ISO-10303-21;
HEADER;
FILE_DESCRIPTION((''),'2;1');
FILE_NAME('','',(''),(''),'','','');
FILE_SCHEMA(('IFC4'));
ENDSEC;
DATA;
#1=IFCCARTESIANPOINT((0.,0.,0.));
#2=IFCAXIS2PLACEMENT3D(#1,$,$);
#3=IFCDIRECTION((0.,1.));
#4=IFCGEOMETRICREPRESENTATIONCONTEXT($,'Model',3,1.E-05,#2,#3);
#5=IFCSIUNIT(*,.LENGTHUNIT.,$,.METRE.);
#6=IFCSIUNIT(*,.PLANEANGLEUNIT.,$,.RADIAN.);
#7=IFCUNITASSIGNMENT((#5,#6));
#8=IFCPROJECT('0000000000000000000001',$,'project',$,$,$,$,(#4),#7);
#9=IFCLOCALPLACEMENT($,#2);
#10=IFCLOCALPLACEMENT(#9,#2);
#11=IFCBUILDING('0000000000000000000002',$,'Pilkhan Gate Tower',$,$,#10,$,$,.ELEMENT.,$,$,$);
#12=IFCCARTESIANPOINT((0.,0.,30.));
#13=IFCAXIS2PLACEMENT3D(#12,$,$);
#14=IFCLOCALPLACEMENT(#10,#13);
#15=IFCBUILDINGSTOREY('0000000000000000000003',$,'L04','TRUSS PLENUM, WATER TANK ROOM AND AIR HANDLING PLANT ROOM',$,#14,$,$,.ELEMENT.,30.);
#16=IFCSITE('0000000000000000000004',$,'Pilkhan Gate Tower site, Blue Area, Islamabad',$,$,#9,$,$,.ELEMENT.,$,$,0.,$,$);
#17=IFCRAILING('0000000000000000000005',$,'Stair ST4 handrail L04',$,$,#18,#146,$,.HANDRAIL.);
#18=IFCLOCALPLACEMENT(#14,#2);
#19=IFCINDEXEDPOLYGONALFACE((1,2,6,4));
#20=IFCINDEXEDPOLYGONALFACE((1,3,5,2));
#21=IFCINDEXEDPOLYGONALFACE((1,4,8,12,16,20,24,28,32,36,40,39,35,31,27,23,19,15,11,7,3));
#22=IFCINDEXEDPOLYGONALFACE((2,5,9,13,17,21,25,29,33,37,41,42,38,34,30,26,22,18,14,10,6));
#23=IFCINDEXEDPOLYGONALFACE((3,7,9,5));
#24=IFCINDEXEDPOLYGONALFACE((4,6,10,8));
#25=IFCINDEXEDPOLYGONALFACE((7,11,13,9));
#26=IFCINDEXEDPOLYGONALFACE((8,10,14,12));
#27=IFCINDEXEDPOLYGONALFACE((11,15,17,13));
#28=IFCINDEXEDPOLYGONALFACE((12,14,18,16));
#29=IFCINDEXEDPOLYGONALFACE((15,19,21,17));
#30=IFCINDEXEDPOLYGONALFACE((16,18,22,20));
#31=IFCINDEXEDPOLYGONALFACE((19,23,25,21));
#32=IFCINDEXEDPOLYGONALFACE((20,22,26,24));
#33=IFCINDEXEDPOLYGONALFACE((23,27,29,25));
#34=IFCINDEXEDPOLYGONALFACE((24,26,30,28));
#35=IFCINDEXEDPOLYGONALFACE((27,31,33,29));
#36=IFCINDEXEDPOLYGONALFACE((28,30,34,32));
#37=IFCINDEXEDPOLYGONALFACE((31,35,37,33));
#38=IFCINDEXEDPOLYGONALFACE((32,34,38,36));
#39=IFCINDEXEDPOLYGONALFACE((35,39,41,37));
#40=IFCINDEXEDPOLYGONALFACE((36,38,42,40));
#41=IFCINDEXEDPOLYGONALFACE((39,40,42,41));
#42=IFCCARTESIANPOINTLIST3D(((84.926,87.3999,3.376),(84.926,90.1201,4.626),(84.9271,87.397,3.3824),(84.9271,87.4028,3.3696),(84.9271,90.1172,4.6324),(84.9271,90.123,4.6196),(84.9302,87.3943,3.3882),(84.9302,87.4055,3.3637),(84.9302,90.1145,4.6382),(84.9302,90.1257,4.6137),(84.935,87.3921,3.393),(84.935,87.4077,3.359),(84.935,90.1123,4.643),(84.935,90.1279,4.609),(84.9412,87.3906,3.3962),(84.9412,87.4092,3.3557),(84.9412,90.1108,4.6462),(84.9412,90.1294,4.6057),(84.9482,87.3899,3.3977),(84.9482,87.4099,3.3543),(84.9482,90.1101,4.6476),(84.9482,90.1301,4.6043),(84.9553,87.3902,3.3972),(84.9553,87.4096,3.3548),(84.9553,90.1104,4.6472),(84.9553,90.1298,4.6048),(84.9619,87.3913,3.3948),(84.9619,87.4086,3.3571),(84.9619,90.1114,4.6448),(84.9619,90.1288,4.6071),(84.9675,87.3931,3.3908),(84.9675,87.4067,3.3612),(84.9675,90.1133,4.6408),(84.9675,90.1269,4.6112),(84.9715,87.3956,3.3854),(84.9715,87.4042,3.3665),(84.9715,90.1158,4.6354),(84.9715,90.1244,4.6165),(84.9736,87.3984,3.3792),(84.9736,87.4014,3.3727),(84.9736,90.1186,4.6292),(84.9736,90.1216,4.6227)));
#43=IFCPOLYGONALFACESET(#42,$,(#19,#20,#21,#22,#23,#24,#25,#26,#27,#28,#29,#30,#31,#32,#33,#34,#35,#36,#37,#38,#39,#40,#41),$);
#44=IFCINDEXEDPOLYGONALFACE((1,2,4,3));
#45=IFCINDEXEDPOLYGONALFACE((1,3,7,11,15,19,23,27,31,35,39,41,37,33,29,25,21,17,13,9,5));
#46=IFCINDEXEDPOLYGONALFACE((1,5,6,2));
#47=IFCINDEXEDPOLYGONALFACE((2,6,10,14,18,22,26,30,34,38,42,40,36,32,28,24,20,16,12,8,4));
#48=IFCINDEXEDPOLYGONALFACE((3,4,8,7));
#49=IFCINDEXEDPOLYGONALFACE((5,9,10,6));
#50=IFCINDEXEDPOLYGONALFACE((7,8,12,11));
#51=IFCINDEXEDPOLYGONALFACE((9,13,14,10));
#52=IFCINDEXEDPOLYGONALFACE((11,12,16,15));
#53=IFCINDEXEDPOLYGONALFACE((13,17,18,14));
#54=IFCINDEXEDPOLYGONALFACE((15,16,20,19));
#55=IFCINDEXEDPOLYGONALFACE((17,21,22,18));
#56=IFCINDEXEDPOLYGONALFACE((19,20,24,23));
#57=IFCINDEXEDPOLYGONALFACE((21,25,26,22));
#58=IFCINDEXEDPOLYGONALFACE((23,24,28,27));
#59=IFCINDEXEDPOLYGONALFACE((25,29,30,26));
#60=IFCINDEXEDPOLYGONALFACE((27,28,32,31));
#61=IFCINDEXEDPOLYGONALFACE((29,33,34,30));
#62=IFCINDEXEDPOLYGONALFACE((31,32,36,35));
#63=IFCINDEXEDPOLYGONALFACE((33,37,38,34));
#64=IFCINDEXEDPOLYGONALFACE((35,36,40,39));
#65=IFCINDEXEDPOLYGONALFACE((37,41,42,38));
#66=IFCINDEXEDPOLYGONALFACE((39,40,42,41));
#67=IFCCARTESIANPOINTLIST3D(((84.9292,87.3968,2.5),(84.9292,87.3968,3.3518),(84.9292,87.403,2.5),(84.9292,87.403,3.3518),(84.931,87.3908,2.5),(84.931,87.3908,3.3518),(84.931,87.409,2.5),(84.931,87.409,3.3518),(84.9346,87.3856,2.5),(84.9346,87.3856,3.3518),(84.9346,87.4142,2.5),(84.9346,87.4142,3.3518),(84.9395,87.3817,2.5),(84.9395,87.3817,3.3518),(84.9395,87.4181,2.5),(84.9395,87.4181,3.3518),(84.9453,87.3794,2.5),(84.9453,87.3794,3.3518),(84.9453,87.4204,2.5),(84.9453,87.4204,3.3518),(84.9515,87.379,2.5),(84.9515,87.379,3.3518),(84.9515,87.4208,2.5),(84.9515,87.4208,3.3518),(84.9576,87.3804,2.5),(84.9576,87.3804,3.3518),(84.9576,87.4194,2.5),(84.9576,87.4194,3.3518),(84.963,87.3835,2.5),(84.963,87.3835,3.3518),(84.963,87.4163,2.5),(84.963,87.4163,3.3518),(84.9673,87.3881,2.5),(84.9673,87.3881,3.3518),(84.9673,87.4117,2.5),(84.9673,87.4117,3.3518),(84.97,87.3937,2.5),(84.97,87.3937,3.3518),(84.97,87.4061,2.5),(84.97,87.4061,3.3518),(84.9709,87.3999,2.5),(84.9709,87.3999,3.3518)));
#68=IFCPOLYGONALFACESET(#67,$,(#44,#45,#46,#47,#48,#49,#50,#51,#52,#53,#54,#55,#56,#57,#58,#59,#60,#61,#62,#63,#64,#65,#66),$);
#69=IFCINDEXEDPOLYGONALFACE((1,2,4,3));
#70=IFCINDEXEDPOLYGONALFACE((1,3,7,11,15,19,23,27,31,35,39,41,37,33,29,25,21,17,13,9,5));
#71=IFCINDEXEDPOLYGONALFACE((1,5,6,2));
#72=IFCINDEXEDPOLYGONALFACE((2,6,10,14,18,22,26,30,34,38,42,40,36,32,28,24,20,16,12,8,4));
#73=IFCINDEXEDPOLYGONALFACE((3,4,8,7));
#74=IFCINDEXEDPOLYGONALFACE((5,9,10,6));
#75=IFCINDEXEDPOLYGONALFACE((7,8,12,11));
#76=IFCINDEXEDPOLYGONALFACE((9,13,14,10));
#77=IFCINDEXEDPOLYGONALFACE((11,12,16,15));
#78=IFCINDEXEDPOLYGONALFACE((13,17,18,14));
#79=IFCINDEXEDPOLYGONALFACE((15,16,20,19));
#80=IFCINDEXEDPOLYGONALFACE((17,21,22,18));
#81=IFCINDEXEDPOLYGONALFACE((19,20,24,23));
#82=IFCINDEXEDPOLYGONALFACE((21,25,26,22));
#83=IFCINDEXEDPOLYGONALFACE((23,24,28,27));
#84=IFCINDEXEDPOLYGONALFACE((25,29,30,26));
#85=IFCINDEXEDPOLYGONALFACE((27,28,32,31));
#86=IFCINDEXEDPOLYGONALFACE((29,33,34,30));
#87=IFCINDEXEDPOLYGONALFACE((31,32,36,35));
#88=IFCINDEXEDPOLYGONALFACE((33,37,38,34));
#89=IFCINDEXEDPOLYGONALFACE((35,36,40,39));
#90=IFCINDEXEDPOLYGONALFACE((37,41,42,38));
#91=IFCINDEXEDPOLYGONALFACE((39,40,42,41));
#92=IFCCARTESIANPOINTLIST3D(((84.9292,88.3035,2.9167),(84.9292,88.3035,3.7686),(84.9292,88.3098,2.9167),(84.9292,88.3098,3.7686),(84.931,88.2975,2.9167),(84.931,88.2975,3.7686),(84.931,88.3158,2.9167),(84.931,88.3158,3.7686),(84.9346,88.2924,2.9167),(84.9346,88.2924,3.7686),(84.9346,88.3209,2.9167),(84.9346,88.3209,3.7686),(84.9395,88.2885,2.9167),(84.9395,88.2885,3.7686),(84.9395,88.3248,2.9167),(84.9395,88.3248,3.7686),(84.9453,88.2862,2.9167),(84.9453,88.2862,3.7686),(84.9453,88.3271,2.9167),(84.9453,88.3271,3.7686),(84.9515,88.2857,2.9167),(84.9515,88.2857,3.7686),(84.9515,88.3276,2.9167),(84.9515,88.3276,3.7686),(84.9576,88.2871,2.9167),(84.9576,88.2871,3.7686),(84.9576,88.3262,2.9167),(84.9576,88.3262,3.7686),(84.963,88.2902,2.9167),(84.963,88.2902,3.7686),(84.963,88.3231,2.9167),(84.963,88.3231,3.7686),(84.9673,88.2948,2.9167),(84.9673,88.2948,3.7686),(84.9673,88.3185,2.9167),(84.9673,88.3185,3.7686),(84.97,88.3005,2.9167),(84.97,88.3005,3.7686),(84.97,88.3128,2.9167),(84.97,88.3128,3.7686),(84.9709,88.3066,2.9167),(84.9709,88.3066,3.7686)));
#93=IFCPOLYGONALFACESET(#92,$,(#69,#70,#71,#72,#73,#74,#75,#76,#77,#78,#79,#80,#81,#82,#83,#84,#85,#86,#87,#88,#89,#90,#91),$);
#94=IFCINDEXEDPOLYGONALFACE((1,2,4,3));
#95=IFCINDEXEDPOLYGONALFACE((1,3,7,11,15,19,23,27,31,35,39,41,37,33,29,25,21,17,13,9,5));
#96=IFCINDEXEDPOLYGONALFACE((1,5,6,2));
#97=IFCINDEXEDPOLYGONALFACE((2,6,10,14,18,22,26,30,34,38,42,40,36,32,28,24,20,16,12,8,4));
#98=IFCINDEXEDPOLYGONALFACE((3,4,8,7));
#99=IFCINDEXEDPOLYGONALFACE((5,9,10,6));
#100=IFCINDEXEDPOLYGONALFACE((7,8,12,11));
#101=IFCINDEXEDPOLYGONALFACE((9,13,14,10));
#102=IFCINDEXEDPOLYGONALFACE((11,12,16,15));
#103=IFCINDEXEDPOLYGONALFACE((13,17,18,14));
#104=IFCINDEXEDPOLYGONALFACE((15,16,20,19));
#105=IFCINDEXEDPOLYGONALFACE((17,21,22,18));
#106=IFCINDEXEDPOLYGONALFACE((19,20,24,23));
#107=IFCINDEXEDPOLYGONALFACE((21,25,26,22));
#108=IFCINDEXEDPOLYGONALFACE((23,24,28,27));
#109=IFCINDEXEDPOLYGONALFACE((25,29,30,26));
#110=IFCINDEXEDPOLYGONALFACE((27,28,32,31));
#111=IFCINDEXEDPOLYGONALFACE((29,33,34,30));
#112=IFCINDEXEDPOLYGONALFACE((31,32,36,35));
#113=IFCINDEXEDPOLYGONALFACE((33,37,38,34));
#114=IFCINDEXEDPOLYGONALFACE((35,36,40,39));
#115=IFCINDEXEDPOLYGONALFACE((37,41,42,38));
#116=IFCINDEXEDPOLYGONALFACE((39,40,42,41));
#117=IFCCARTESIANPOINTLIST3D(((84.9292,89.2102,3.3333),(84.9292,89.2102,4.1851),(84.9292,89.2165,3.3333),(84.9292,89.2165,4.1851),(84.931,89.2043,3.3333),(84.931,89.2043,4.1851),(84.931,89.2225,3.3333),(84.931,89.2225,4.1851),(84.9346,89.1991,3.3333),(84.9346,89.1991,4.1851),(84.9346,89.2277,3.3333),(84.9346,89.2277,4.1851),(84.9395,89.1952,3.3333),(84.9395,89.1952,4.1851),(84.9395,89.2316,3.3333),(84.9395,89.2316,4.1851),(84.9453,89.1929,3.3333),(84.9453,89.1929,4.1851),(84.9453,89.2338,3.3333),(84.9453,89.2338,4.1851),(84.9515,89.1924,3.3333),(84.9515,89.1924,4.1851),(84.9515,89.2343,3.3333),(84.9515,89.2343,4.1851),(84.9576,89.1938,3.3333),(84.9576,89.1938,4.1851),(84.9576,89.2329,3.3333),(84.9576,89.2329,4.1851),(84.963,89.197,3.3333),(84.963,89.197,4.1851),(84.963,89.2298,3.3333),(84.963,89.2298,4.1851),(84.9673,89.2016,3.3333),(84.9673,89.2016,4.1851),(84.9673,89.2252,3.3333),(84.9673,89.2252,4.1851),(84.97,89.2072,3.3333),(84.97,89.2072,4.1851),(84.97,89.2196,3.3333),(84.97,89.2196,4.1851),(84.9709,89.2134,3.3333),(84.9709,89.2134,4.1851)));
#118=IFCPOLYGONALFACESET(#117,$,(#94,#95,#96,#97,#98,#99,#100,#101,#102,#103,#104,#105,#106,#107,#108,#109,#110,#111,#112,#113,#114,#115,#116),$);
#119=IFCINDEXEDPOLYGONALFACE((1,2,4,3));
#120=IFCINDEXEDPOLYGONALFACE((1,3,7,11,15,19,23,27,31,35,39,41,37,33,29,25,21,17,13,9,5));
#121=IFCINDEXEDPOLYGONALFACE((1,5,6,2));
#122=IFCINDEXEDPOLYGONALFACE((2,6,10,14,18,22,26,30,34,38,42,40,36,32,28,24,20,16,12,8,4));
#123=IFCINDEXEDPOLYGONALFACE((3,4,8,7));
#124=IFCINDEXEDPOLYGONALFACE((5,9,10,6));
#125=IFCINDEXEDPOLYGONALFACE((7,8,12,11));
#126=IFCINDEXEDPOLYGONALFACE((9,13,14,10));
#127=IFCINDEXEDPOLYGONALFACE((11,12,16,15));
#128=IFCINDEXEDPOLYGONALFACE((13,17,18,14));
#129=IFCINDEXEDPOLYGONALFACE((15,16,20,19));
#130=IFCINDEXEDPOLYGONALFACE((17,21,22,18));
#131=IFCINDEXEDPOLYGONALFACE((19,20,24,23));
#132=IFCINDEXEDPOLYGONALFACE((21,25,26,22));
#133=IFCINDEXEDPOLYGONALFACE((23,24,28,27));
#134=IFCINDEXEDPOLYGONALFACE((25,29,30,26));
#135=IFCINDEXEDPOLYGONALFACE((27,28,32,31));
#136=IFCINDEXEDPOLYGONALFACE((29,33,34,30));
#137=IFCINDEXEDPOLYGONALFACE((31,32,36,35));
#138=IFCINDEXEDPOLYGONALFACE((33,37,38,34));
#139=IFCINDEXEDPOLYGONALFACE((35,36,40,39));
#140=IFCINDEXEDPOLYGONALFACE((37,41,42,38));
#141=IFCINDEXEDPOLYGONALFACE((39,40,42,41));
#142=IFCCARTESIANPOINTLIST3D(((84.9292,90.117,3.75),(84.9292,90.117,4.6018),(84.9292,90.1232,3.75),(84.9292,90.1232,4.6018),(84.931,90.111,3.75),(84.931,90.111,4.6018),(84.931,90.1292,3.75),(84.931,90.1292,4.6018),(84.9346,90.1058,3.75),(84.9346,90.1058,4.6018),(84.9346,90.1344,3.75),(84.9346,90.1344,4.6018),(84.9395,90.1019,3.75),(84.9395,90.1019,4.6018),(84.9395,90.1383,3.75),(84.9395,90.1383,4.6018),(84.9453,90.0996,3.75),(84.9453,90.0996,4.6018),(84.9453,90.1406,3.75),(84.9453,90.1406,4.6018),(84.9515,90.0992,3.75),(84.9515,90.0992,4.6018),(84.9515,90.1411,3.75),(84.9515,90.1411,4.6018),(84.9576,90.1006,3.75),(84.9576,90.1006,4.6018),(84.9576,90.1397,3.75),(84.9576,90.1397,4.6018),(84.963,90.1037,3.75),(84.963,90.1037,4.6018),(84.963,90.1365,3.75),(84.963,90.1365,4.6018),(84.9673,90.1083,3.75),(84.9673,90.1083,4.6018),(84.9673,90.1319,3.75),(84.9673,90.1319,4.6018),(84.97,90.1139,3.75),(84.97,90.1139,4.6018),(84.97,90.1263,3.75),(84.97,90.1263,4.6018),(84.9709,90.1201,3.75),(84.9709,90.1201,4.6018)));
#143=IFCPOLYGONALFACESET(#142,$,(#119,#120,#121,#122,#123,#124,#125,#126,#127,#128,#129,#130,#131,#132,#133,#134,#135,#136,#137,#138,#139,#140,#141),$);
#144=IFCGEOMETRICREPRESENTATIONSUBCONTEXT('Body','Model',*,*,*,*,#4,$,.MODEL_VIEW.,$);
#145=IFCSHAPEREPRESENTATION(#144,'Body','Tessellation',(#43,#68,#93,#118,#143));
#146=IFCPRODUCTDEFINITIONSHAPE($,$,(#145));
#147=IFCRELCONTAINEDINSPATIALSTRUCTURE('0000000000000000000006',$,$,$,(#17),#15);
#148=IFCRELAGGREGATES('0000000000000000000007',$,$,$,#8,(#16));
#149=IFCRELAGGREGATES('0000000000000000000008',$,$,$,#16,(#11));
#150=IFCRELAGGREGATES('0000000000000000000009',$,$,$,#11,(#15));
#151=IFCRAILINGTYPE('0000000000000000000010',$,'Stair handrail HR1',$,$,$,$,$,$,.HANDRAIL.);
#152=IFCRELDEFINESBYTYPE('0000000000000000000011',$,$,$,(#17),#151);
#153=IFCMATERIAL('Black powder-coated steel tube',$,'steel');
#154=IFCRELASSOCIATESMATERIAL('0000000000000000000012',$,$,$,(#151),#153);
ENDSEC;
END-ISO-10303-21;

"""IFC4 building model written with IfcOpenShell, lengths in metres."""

from ifc_helpers import new_model, si_unit, direction, frame, origin, origin_2d, place, context, subcontext, project, spatial, circle, extrude, material, type_object, element, save


model = new_model("IFC4")

# Units and contexts
model_context = context("Model", 3, precision=1e-05, world=origin(), true_north=direction((0.0, 1.0)))
body_context = subcontext(model_context, "Body", "Model", "MODEL_VIEW")
ifc_project = project(units=[si_unit("LENGTHUNIT", "METRE"), si_unit("PLANEANGLEUNIT", "RADIAN")], contexts=[model_context])

# Site, building, storey
site_placement = place(None, origin())
site = spatial("IfcSite", under=ifc_project, at=site_placement, Name="Pilkhan Gate Tower site, Blue Area, Islamabad", CompositionType="ELEMENT", RefElevation=0.0)
building_placement = place(site_placement, origin())
building = spatial("IfcBuilding", under=site, at=building_placement, Name="Pilkhan Gate Tower", CompositionType="ELEMENT")
storey_placement = place(building_placement, frame((0.0, 0.0, 30.0)))
storey = spatial("IfcBuildingStorey", under=building, at=storey_placement, Name="L04", Description="TRUSS PLENUM, WATER TANK ROOM AND AIR HANDLING PLANT ROOM", CompositionType="ELEMENT", Elevation=30.0)

# Railing
ifc_material_1 = material(Name="Black powder-coated steel tube", Category="steel")
railing_type_1 = type_object("IfcRailingType", Name="Stair handrail HR1", PredefinedType="HANDRAIL", material=ifc_material_1)
railing_1_placement = place(storey_placement, frame((84.95, 87.3999, 2.5)))
element("IfcRailing", 1, at=railing_1_placement, inside=storey, type_object=railing_type_1, Name="Stair ST4 handrail L04", PredefinedType="HANDRAIL", context=body_context, shape_type="SweptSolid", body=[
    extrude(circle(Radius=0.0239, at=origin_2d()), frame((0.0, 0.0, 0.876), z_axis=(0.0, 0.908655, 0.417547), x_axis=(-1.0, 0.0, 0.0)), (0.0, 0.0, 1.0), 2.9937),
    extrude(circle(Radius=0.021, at=origin_2d()), origin(), (0.0, 0.0, 1.0), 0.8518),
    extrude(circle(Radius=0.021, at=origin_2d()), frame((0.0, 0.9067, 0.4167)), (0.0, 0.0, 1.0), 0.8518),
    extrude(circle(Radius=0.021, at=origin_2d()), frame((0.0, 1.8135, 0.8333)), (0.0, 0.0, 1.0), 0.8518),
    extrude(circle(Radius=0.021, at=origin_2d()), frame((0.0, 2.7202, 1.25)), (0.0, 0.0, 1.0), 0.8518),
])

save(model, "model.ifc")
